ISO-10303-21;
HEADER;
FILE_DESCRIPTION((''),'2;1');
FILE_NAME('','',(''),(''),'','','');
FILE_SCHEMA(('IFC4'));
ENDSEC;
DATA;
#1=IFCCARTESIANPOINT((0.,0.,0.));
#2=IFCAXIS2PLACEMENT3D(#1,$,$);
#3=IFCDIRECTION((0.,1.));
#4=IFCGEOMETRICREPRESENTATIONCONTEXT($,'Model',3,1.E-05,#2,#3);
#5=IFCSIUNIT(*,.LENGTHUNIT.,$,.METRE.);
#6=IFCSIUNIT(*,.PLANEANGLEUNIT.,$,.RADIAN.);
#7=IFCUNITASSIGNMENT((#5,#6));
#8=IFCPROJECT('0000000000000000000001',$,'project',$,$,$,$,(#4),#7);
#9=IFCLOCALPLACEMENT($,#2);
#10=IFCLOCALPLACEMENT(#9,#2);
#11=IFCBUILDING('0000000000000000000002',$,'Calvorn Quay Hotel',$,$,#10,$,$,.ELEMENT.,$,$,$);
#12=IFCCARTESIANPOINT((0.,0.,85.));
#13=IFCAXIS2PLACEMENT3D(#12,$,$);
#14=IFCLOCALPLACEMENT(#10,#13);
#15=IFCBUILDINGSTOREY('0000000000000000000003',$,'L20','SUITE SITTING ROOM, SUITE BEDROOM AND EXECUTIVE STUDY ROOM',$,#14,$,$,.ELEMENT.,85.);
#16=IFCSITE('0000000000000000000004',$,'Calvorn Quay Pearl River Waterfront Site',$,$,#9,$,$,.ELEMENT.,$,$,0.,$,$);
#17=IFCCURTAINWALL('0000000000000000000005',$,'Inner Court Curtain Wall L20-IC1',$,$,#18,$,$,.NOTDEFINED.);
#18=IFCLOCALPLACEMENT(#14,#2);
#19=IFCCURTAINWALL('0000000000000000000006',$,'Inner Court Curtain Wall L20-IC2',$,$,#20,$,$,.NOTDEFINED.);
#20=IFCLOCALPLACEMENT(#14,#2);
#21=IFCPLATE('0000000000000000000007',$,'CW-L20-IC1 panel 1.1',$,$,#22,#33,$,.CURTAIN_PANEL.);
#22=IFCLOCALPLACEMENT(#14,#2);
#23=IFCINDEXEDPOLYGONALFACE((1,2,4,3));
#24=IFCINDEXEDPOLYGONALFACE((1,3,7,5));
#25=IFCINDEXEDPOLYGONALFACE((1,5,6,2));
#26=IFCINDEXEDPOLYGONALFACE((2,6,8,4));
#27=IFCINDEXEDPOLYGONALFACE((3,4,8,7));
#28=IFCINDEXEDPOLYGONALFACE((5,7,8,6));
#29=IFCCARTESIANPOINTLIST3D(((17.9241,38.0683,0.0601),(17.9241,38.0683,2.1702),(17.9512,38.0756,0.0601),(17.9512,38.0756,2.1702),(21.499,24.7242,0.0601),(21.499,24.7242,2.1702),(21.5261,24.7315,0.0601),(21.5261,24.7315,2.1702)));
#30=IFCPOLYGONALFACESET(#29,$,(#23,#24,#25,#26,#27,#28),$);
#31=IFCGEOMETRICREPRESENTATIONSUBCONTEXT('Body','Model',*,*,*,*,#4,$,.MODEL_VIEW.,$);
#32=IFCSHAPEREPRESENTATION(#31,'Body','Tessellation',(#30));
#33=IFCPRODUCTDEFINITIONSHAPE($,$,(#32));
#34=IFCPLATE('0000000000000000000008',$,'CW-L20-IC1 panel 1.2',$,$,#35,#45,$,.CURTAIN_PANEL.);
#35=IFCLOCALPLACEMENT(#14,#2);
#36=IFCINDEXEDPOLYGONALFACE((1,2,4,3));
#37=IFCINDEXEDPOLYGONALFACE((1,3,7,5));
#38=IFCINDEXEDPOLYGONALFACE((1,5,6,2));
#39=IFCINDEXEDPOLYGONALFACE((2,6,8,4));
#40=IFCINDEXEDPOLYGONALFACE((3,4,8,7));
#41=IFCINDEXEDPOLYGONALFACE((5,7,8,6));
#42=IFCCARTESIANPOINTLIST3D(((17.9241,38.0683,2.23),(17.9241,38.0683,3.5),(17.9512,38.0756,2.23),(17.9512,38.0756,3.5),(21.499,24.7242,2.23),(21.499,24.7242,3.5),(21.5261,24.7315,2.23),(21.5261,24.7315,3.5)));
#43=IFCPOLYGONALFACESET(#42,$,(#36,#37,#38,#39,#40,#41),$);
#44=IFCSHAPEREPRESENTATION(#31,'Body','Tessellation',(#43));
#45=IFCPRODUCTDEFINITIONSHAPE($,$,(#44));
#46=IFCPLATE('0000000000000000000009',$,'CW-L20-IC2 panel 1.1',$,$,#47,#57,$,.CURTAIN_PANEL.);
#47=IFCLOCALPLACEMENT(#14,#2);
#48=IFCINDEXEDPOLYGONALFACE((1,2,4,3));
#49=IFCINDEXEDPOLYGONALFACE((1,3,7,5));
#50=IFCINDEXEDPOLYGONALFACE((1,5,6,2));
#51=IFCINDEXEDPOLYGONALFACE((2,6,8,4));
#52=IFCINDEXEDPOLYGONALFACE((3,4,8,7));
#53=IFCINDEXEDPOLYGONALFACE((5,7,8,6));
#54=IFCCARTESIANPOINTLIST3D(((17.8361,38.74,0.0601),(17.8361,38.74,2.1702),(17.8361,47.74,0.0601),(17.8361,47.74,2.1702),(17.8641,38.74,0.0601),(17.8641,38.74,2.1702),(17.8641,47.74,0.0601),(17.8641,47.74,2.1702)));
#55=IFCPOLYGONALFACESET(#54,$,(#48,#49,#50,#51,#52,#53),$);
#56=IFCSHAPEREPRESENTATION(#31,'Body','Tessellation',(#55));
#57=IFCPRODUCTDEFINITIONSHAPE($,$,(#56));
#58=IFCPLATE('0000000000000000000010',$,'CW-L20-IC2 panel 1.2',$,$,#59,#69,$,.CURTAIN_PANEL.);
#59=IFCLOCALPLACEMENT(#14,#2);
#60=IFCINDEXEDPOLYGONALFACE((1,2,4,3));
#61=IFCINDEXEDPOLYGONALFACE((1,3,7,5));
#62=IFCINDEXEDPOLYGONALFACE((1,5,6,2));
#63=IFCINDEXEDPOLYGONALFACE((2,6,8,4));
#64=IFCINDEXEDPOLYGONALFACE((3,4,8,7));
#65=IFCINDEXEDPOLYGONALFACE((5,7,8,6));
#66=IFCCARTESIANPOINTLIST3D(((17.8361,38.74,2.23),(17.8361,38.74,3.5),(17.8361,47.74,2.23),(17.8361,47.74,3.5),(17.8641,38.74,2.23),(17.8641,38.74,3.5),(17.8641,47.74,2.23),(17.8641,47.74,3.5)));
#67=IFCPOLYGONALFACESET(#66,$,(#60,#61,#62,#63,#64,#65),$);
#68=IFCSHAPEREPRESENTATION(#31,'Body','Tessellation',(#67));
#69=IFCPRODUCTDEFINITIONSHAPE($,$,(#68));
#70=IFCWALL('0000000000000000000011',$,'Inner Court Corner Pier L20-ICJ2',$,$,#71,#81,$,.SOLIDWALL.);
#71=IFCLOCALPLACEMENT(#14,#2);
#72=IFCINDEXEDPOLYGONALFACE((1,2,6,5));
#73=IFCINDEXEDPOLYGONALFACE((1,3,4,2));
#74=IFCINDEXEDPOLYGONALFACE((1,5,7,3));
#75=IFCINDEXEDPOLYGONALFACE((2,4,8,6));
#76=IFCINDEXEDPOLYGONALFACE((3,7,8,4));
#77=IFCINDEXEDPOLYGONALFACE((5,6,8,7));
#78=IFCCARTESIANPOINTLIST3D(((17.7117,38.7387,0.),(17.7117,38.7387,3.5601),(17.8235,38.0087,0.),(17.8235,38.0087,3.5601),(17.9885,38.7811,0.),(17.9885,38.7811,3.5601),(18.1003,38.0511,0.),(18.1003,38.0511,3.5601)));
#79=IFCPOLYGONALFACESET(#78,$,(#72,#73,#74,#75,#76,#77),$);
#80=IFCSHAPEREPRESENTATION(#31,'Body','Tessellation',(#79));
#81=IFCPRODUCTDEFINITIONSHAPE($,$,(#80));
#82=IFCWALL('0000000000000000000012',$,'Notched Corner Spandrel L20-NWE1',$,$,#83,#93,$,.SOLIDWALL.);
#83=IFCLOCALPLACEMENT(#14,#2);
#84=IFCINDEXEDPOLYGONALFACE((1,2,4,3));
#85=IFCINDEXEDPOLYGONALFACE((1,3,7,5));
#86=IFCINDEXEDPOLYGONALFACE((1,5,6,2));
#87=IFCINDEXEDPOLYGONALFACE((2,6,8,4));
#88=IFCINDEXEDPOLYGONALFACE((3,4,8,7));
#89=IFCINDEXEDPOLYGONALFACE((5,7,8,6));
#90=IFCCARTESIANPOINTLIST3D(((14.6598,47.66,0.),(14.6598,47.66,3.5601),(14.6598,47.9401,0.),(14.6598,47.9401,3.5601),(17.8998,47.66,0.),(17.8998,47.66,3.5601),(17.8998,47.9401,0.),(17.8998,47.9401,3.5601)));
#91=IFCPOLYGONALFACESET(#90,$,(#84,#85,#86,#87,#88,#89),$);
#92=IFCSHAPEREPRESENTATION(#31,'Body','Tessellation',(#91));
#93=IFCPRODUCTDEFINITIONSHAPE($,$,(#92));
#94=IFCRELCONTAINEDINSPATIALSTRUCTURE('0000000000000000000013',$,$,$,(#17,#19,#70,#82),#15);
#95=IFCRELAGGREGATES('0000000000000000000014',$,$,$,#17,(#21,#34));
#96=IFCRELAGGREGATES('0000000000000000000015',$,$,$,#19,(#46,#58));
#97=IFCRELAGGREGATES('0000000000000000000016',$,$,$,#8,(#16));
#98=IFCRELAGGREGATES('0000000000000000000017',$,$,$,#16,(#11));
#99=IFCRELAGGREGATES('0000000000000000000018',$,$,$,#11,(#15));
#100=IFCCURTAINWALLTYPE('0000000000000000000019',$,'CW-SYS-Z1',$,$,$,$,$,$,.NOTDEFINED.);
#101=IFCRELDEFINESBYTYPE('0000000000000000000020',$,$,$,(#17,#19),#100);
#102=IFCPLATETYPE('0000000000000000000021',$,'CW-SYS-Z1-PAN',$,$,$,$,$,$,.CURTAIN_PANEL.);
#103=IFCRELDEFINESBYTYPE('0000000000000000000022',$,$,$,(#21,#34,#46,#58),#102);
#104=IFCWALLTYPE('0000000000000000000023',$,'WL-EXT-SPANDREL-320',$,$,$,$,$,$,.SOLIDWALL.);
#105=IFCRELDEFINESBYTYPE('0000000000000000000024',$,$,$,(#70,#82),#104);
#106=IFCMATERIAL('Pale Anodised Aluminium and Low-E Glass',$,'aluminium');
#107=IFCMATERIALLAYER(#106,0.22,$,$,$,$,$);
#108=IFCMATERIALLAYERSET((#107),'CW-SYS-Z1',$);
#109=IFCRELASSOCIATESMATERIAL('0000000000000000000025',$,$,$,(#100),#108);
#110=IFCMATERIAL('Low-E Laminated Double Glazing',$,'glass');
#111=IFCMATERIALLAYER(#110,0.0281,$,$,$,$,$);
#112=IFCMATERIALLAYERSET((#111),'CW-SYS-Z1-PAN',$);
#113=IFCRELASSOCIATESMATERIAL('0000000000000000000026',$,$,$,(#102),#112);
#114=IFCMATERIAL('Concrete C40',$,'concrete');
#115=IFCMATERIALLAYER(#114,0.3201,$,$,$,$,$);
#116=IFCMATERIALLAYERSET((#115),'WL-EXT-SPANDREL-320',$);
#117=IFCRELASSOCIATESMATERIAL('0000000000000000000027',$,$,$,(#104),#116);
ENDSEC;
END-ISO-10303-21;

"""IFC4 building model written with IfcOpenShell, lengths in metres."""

from ifc_helpers import new_model, si_unit, direction, frame, frame_2d, origin, origin_2d, place, context, subcontext, project, spatial, rectangle, extrude, material, layer, layer_set, type_object, element, aggregate, save


model = new_model("IFC4")

# Units and contexts
model_context = context("Model", 3, precision=1e-05, world=origin(), true_north=direction((0.0, 1.0)))
body_context = subcontext(model_context, "Body", "Model", "MODEL_VIEW")
ifc_project = project(units=[si_unit("LENGTHUNIT", "METRE"), si_unit("PLANEANGLEUNIT", "RADIAN")], contexts=[model_context])

# Site, building, storey
site_placement = place(None, origin())
site = spatial("IfcSite", under=ifc_project, at=site_placement, Name="Calvorn Quay Pearl River Waterfront Site", CompositionType="ELEMENT", RefElevation=0.0)
building_placement = place(site_placement, origin())
building = spatial("IfcBuilding", under=site, at=building_placement, Name="Calvorn Quay Hotel", CompositionType="ELEMENT")
storey_placement = place(building_placement, frame((0.0, 0.0, 85.0)))
storey = spatial("IfcBuildingStorey", under=building, at=storey_placement, Name="L20", Description="SUITE SITTING ROOM, SUITE BEDROOM AND EXECUTIVE STUDY ROOM", CompositionType="ELEMENT", Elevation=85.0)

# Curtain wall
ifc_material_1 = material(Name="Pale Anodised Aluminium and Low-E Glass", Category="aluminium")
ifc_layer_1 = layer(ifc_material_1, 0.22)
ifc_layer_set_1 = layer_set([ifc_layer_1], Name="CW-SYS-Z1")
curtain_wall_type = type_object("IfcCurtainWallType", Name="CW-SYS-Z1", PredefinedType="NOTDEFINED", material=ifc_layer_set_1)
curtain_wall_1_placement = place(storey_placement, origin())
curtain_wall_1 = element("IfcCurtainWall", 1, at=curtain_wall_1_placement, inside=storey, type_object=curtain_wall_type, Name="Inner Court Curtain Wall L20-IC1", PredefinedType="NOTDEFINED")

# Curtain wall
curtain_wall_2_placement = place(storey_placement, origin())
curtain_wall_2 = element("IfcCurtainWall", 2, at=curtain_wall_2_placement, inside=storey, type_object=curtain_wall_type, Name="Inner Court Curtain Wall L20-IC2", PredefinedType="NOTDEFINED")

# Plates
ifc_material_2 = material(Name="Low-E Laminated Double Glazing", Category="glass")
ifc_layer_2 = layer(ifc_material_2, 0.0281)
ifc_layer_set_2 = layer_set([ifc_layer_2], Name="CW-SYS-Z1-PAN")
plate_type = type_object("IfcPlateType", Name="CW-SYS-Z1-PAN", PredefinedType="CURTAIN_PANEL", material=ifc_layer_set_2)
plate_1_placement = place(storey_placement, frame((19.7251, 31.3999, 0.0601), z_axis=(0.0, 0.0, 1.0), x_axis=(-0.258779, 0.965937, 0.0)))
plate_1 = element("IfcPlate", 3, at=plate_1_placement, type_object=plate_type, Name="CW-L20-IC1 panel 1.1", PredefinedType="CURTAIN_PANEL", context=body_context, shape_type="SweptSolid", body=[
    extrude(rectangle(XDim=13.8147, YDim=0.0281, at=origin_2d()), origin(), (0.0, 0.0, 1.0), 2.1101),
])
plate_2_placement = place(storey_placement, frame((19.7251, 31.3999, 2.23), z_axis=(0.0, 0.0, 1.0), x_axis=(-0.258779, 0.965937, 0.0)))
plate_2 = element("IfcPlate", 4, at=plate_2_placement, type_object=plate_type, Name="CW-L20-IC1 panel 1.2", PredefinedType="CURTAIN_PANEL", context=body_context, shape_type="SweptSolid", body=[
    extrude(rectangle(XDim=13.8147, YDim=0.0281, at=origin_2d()), origin(), (0.0, 0.0, 1.0), 1.27),
])
aggregate(curtain_wall_1, [plate_1, plate_2])
plate_3_placement = place(storey_placement, frame((17.8501, 43.24, 0.0601), z_axis=(0.0, 0.0, 1.0), x_axis=(0.0, 1.0, 0.0)))
plate_3 = element("IfcPlate", 5, at=plate_3_placement, type_object=plate_type, Name="CW-L20-IC2 panel 1.1", PredefinedType="CURTAIN_PANEL", context=body_context, shape_type="SweptSolid", body=[
    extrude(rectangle(XDim=9.0, YDim=0.0281, at=origin_2d()), origin(), (0.0, 0.0, 1.0), 2.1101),
])
plate_4_placement = place(storey_placement, frame((17.8501, 43.24, 2.23), z_axis=(0.0, 0.0, 1.0), x_axis=(0.0, 1.0, 0.0)))
plate_4 = element("IfcPlate", 6, at=plate_4_placement, type_object=plate_type, Name="CW-L20-IC2 panel 1.2", PredefinedType="CURTAIN_PANEL", context=body_context, shape_type="SweptSolid", body=[
    extrude(rectangle(XDim=9.0, YDim=0.0281, at=origin_2d()), origin(), (0.0, 0.0, 1.0), 1.27),
])
aggregate(curtain_wall_2, [plate_3, plate_4])

# Walls
ifc_material_3 = material(Name="Concrete C40", Category="concrete")
ifc_layer_3 = layer(ifc_material_3, 0.3201)
ifc_layer_set_3 = layer_set([ifc_layer_3], Name="WL-EXT-SPANDREL-320")
wall_type = type_object("IfcWallType", Name="WL-EXT-SPANDREL-320", PredefinedType="SOLIDWALL", material=ifc_layer_set_3)
wall_1_placement = place(storey_placement, frame((17.9619, 38.03, 0.0), z_axis=(0.0, 0.0, 1.0), x_axis=(-0.151411, 0.988471, 0.0)))
element("IfcWall", 7, at=wall_1_placement, inside=storey, type_object=wall_type, Name="Inner Court Corner Pier L20-ICJ2", PredefinedType="SOLIDWALL", context=body_context, shape_type="SweptSolid", body=[
    extrude(rectangle(XDim=0.7385, YDim=0.28, at=frame_2d((0.3691, 0.0))), origin(), (0.0, 0.0, 1.0), 3.5601),
])
wall_2_placement = place(storey_placement, frame((17.8999, 47.8, 0.0), z_axis=(0.0, 0.0, 1.0), x_axis=(-1.0, 0.0, 0.0)))
element("IfcWall", 8, at=wall_2_placement, inside=storey, type_object=wall_type, Name="Notched Corner Spandrel L20-NWE1", PredefinedType="SOLIDWALL", context=body_context, shape_type="SweptSolid", body=[
    extrude(rectangle(XDim=3.24, YDim=0.28, at=frame_2d((1.6201, 0.0))), origin(), (0.0, 0.0, 1.0), 3.5601),
])

save(model, "model.ifc")
